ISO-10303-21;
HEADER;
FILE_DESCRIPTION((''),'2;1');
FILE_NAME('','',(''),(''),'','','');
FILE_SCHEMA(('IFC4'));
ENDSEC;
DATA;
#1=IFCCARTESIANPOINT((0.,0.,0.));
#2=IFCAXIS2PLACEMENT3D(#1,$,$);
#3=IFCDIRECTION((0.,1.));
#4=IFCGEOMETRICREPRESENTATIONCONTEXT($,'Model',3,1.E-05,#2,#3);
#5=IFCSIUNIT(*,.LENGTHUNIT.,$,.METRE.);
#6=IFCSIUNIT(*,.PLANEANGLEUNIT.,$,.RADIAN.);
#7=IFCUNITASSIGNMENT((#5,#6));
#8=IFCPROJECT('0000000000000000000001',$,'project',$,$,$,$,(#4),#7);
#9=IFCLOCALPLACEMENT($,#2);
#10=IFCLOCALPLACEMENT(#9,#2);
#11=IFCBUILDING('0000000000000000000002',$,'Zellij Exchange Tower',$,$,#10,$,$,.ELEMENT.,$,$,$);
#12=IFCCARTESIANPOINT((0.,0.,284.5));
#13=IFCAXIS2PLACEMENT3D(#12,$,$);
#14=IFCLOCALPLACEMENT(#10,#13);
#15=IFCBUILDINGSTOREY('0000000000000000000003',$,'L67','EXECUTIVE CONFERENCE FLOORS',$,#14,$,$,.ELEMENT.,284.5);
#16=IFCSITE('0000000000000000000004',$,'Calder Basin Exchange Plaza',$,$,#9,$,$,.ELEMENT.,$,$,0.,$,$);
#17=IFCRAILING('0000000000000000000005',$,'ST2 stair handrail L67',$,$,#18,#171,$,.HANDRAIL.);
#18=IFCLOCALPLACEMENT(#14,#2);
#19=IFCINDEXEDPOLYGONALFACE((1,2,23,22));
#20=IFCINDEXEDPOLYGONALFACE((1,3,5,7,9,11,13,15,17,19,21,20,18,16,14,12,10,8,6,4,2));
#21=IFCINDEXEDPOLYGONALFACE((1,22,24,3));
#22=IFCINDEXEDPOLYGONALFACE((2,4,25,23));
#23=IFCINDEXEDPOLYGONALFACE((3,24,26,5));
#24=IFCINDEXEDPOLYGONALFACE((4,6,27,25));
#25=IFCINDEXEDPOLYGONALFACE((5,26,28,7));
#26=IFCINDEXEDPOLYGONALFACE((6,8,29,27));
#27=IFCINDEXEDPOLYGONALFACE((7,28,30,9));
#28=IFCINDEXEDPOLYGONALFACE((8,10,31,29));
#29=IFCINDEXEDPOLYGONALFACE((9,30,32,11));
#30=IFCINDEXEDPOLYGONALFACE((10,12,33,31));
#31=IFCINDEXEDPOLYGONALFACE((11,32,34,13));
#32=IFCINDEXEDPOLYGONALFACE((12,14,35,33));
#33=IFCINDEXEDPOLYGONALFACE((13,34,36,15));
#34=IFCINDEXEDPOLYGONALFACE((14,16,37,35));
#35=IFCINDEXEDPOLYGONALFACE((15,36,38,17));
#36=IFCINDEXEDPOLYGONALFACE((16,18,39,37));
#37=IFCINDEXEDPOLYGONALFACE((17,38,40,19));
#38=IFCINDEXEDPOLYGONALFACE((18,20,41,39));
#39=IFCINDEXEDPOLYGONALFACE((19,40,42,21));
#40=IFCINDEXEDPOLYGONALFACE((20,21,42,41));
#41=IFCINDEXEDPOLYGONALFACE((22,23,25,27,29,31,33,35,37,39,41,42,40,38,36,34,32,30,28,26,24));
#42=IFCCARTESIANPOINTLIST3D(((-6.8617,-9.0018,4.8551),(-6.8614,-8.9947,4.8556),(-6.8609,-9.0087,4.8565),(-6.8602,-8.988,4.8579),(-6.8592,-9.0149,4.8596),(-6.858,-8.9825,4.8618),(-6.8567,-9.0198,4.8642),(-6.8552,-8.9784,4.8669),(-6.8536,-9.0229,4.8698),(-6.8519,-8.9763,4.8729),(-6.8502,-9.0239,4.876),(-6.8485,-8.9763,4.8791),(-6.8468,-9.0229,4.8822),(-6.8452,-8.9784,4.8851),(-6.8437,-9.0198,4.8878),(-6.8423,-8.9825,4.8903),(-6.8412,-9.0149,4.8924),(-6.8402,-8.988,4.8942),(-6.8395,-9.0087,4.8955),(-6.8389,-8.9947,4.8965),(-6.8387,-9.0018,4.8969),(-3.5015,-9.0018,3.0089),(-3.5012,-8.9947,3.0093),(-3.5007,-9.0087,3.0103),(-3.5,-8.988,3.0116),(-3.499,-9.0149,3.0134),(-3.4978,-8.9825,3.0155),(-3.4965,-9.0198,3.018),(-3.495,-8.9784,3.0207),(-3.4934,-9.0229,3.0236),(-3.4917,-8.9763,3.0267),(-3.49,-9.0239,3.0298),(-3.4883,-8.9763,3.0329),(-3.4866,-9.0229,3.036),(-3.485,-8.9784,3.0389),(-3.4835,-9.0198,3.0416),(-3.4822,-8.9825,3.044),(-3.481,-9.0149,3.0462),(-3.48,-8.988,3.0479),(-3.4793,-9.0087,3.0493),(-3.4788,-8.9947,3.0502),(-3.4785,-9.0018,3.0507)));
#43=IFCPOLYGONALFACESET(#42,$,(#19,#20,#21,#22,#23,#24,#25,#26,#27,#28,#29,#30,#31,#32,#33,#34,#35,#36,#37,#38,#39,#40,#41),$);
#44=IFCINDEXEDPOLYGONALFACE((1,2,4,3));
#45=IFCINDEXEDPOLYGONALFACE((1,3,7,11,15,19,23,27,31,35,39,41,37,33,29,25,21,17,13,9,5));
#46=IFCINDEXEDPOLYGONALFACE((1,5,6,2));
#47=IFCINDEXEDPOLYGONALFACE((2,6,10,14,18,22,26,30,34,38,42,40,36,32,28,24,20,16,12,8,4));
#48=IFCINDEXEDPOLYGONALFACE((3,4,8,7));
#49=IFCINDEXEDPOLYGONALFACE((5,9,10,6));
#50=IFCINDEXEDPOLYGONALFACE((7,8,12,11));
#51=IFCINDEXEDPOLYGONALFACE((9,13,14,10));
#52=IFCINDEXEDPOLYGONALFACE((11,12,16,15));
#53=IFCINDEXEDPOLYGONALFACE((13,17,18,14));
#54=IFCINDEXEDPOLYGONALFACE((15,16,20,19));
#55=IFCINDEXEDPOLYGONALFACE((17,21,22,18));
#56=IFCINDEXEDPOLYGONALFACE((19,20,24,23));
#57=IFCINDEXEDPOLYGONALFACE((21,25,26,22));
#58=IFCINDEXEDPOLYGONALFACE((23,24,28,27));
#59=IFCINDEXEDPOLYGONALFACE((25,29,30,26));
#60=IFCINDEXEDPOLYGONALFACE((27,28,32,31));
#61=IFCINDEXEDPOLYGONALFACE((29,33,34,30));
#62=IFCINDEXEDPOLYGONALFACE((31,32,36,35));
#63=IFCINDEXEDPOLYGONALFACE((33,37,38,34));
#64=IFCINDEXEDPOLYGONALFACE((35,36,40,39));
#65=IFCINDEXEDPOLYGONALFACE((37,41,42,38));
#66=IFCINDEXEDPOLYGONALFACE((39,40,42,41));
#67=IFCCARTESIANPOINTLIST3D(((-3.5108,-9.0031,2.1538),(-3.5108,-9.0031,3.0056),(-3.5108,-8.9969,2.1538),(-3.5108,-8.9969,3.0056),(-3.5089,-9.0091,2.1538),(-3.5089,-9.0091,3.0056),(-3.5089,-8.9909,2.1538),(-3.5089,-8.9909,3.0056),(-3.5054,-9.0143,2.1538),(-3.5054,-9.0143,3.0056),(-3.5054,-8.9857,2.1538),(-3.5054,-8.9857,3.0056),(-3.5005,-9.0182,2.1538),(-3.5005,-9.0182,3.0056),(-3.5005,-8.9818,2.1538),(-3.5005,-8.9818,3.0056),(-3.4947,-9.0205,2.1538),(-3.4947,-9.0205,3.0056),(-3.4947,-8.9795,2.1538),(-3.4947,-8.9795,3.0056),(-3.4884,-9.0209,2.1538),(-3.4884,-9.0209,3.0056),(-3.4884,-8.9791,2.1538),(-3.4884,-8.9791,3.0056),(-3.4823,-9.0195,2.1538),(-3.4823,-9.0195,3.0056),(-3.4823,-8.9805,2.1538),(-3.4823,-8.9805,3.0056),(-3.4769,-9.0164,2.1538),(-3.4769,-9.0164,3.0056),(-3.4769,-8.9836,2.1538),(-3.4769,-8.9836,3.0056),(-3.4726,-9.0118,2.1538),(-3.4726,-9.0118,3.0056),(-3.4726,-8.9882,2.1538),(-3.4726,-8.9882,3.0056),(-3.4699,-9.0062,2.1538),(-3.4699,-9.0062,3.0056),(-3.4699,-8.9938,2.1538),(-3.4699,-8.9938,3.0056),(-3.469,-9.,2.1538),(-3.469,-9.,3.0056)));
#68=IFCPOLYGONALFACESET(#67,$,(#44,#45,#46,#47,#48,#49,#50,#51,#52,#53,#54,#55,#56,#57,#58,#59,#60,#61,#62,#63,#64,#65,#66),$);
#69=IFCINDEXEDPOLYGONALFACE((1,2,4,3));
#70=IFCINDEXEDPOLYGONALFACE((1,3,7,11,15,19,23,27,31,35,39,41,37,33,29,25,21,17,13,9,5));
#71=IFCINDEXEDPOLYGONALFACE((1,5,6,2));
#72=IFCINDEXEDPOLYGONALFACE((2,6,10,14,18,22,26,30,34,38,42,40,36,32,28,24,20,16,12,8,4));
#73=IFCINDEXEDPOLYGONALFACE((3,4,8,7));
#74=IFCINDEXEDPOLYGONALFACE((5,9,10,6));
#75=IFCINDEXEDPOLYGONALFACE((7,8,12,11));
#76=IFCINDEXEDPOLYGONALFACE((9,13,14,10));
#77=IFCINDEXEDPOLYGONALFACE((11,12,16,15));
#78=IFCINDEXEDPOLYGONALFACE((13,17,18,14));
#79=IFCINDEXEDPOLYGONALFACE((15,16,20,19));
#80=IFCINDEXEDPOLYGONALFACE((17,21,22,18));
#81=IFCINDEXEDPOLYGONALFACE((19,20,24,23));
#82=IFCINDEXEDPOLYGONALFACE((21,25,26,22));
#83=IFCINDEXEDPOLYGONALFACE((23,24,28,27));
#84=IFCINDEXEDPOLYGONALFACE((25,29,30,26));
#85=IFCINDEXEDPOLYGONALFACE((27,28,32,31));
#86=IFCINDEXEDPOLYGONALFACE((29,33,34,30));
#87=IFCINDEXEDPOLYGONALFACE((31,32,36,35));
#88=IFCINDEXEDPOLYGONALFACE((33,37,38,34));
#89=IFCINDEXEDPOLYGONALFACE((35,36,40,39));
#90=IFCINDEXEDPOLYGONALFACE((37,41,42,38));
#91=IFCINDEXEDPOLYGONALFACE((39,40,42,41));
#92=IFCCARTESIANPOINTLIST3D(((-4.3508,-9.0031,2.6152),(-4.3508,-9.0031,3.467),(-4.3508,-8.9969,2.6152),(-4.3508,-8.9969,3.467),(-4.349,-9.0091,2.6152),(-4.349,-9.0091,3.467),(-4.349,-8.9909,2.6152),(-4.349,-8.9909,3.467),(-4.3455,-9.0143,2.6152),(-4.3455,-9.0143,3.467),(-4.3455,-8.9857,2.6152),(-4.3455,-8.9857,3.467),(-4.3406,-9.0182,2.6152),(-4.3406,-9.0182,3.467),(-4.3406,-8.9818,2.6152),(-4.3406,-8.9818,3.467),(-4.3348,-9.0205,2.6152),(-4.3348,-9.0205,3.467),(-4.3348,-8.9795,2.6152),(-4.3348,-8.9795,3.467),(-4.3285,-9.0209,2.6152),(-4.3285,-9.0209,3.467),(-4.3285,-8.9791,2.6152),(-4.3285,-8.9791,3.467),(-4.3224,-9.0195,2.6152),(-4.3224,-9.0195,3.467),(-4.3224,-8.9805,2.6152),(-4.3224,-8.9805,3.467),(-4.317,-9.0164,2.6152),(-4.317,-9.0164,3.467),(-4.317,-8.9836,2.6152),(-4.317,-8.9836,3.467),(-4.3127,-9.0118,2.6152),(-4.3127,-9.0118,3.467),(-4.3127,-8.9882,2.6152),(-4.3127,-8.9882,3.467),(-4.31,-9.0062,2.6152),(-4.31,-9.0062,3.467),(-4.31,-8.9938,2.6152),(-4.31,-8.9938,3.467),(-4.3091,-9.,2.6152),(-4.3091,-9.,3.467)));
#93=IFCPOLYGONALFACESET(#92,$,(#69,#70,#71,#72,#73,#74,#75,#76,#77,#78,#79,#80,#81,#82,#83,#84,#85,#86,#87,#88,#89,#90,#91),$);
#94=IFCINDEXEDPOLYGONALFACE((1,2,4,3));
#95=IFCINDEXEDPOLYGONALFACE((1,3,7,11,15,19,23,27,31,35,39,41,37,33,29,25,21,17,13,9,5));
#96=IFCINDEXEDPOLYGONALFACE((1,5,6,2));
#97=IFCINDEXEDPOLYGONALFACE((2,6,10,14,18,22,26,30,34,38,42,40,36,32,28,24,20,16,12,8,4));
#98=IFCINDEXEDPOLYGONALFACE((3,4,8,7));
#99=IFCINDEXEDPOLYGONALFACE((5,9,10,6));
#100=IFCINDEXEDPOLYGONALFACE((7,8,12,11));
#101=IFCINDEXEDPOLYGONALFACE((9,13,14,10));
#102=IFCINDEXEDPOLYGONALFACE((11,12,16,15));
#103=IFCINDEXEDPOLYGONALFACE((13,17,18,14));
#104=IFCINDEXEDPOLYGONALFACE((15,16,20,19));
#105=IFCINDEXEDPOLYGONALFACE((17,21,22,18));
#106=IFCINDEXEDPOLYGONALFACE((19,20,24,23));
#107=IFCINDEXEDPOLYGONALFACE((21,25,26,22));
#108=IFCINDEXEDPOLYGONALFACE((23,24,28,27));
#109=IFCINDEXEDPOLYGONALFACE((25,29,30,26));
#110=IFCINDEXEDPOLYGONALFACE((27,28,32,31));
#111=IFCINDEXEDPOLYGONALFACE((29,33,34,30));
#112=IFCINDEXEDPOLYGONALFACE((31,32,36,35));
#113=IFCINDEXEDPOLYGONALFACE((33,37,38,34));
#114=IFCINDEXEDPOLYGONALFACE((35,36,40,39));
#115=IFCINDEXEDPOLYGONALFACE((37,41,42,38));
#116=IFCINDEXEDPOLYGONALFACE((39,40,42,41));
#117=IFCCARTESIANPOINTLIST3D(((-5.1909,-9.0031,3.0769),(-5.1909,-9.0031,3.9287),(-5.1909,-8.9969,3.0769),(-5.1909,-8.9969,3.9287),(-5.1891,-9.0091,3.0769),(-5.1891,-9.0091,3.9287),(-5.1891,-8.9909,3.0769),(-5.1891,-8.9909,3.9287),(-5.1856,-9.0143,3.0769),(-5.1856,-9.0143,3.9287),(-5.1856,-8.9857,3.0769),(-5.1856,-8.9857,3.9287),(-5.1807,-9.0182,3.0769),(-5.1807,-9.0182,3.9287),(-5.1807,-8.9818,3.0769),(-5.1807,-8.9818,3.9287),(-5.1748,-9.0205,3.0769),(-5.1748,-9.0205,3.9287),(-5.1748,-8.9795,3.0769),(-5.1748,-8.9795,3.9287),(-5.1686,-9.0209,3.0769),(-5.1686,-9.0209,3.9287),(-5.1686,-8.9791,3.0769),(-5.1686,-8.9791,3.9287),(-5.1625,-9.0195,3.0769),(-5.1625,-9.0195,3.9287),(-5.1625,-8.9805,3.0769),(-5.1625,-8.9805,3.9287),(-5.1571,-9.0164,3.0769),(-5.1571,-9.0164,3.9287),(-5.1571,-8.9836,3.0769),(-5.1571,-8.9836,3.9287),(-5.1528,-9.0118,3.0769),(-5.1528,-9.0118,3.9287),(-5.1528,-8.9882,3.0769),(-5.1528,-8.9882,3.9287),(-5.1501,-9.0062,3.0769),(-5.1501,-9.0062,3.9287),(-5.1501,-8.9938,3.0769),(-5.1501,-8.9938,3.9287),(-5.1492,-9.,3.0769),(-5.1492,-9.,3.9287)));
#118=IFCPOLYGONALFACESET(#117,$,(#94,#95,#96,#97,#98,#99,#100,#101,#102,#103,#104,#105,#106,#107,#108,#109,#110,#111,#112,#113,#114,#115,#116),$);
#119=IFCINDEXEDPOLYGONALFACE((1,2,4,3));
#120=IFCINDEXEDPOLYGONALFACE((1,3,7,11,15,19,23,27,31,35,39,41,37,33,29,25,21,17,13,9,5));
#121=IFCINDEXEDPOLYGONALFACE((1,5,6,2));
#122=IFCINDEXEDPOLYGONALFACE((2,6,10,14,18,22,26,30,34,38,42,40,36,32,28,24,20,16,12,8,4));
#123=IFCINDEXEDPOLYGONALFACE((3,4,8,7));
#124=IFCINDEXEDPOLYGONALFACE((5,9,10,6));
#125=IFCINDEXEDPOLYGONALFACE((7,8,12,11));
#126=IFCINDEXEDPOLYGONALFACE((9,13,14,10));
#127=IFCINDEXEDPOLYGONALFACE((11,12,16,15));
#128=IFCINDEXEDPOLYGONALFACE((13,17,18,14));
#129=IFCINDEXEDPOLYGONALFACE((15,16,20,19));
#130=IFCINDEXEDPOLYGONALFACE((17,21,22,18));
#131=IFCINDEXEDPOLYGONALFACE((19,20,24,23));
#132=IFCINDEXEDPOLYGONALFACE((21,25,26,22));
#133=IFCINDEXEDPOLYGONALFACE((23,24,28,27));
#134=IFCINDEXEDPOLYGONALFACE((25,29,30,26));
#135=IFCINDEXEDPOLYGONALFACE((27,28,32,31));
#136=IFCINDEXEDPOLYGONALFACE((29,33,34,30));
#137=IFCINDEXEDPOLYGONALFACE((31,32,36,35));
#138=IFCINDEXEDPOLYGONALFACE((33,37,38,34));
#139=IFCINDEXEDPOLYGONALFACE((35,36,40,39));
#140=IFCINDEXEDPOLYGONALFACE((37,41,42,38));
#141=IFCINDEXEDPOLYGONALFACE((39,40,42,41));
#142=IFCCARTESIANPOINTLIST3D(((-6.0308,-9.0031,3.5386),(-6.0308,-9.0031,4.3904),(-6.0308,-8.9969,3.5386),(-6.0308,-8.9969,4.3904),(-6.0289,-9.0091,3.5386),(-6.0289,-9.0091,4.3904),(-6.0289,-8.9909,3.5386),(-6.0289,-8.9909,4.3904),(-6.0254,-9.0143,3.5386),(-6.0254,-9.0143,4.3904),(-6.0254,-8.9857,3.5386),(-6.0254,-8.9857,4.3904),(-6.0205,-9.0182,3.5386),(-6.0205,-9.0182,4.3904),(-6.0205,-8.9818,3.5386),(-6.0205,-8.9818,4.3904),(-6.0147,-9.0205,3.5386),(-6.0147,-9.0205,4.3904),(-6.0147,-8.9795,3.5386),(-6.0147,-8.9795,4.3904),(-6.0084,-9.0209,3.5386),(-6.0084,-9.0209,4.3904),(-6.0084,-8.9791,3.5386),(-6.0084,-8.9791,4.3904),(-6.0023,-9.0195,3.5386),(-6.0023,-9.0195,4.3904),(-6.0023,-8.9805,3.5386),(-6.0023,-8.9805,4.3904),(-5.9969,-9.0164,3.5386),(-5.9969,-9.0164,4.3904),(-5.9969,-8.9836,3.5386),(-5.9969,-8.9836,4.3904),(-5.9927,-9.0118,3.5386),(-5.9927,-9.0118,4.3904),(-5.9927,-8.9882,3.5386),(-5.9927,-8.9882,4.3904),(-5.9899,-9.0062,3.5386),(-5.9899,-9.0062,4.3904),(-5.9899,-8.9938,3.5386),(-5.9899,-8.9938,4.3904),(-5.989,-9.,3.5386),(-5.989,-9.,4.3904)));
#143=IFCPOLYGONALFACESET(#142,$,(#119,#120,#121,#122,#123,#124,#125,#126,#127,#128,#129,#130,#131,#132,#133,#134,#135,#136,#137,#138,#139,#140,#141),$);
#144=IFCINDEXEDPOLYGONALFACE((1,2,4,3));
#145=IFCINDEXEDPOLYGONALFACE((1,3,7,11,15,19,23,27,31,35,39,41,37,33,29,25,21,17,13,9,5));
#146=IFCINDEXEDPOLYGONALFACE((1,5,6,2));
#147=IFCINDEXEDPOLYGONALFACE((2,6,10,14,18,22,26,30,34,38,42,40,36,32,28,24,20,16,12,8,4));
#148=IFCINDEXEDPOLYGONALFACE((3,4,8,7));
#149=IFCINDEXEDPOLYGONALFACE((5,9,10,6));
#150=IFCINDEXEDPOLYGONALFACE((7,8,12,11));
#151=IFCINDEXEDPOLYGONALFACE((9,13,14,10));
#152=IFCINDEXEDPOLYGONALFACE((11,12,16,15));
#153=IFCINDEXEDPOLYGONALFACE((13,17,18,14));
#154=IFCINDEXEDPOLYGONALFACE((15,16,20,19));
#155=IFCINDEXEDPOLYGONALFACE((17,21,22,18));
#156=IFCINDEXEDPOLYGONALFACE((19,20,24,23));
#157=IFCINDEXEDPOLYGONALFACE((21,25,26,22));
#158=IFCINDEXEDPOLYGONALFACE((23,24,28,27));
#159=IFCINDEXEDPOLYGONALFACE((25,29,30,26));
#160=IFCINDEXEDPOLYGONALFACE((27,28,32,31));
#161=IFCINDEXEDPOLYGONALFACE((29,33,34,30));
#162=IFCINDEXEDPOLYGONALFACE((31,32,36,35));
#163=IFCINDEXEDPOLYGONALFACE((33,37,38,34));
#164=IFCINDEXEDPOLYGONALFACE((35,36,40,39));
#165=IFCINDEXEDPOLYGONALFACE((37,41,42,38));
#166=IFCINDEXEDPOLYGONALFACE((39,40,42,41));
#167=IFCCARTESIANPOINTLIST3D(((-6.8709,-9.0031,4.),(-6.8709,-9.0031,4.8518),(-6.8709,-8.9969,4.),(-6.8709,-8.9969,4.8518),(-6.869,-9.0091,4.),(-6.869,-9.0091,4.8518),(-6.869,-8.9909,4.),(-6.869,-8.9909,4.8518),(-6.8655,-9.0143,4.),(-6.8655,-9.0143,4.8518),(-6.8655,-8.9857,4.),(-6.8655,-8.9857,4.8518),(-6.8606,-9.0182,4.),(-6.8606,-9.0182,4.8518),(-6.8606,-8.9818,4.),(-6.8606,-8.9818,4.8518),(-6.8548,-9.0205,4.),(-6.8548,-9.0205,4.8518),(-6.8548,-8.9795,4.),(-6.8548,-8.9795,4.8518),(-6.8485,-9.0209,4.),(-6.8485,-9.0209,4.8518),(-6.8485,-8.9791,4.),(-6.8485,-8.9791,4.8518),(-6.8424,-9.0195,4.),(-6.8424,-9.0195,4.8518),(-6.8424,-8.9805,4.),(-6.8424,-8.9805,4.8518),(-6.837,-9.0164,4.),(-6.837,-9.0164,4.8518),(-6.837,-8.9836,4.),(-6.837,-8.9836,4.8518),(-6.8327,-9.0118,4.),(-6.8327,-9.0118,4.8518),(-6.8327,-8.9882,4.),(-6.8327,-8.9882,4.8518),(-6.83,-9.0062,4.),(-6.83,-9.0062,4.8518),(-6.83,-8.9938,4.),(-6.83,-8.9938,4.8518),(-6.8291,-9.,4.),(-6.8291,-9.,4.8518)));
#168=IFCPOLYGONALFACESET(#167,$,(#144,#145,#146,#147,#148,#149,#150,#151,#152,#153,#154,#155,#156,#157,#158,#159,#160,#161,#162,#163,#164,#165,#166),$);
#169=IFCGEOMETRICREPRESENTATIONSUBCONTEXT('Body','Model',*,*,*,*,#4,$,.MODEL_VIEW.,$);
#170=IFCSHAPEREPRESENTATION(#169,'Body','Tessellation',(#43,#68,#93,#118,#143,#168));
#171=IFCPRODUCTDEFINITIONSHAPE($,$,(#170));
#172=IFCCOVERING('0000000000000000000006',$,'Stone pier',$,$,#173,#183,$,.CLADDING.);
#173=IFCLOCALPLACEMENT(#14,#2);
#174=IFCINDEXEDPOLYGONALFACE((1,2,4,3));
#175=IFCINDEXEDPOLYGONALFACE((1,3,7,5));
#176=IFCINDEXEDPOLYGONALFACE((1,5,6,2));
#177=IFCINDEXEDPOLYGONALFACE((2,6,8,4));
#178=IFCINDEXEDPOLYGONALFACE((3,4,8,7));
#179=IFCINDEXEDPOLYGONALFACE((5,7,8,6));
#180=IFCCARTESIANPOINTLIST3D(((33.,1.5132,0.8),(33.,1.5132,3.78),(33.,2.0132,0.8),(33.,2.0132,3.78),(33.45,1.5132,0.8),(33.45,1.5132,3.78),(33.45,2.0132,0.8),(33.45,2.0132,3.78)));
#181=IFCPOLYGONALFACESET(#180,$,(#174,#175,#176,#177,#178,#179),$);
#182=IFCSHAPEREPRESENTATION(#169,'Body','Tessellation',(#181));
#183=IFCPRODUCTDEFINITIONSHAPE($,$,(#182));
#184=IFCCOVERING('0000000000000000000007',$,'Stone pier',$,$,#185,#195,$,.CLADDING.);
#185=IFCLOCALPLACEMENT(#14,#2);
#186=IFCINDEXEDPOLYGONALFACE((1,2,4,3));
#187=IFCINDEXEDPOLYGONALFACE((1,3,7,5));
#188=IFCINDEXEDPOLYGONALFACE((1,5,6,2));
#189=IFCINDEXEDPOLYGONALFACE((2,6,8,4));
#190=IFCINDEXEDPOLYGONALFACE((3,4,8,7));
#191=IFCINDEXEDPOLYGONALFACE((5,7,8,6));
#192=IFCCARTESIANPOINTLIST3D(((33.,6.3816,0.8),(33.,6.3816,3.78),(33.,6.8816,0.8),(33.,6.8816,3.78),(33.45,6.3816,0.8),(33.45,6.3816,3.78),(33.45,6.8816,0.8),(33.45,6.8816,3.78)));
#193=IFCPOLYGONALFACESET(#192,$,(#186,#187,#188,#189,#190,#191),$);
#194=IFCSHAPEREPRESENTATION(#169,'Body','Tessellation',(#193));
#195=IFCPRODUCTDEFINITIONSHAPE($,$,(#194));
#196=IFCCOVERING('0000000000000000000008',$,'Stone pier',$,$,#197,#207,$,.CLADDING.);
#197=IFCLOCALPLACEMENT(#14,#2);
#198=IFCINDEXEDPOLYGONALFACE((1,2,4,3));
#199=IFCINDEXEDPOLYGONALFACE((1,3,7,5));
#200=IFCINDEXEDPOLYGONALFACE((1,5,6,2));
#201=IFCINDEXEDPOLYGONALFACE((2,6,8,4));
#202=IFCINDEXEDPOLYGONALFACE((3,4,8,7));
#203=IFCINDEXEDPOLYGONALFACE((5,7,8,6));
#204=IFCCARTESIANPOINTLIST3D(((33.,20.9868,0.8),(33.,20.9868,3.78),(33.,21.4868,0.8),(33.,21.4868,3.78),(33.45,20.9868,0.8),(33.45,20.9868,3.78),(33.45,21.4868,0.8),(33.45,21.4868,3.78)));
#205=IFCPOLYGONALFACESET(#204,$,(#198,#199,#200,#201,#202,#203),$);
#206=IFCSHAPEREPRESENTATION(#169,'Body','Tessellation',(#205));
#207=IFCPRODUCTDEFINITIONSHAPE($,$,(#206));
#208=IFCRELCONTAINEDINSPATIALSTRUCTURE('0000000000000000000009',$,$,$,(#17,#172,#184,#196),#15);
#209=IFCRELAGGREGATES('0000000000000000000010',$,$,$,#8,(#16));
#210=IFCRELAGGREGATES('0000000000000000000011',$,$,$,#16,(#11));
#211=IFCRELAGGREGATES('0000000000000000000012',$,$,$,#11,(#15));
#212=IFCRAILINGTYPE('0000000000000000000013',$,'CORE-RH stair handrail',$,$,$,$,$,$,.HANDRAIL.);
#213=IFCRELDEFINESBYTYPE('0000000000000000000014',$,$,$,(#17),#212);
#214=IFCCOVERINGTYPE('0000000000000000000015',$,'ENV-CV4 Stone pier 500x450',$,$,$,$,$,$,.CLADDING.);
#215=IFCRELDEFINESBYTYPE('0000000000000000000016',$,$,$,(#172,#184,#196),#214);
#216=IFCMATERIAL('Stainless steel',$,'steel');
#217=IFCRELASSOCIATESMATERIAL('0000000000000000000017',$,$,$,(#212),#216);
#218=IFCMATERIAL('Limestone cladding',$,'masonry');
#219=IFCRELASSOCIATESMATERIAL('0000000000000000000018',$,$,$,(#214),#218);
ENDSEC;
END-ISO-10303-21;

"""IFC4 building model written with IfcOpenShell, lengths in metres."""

from ifc_helpers import new_model, si_unit, direction, frame, origin, origin_2d, place, context, subcontext, project, spatial, polyline, circle, outline, extrude, material, type_object, element, save


model = new_model("IFC4")

# Units and contexts
model_context = context("Model", 3, precision=1e-05, world=origin(), true_north=direction((0.0, 1.0)))
body_context = subcontext(model_context, "Body", "Model", "MODEL_VIEW")
ifc_project = project(units=[si_unit("LENGTHUNIT", "METRE"), si_unit("PLANEANGLEUNIT", "RADIAN")], contexts=[model_context])

# Site, building, storey
site_placement = place(None, origin())
site = spatial("IfcSite", under=ifc_project, at=site_placement, Name="Calder Basin Exchange Plaza", CompositionType="ELEMENT", RefElevation=0.0)
building_placement = place(site_placement, origin())
building = spatial("IfcBuilding", under=site, at=building_placement, Name="Zellij Exchange Tower", CompositionType="ELEMENT")
storey_placement = place(building_placement, frame((0.0, 0.0, 284.5)))
storey = spatial("IfcBuildingStorey", under=building, at=storey_placement, Name="L67", Description="EXECUTIVE CONFERENCE FLOORS", CompositionType="ELEMENT", Elevation=284.5)

# Railing
ifc_material_1 = material(Name="Stainless steel", Category="steel")
railing_type_1 = type_object("IfcRailingType", Name="CORE-RH stair handrail", PredefinedType="HANDRAIL", material=ifc_material_1)
railing_1_placement = place(storey_placement, frame((-3.49, -9.0, 2.1538)))
element("IfcRailing", 1, at=railing_1_placement, inside=storey, type_object=railing_type_1, Name="ST2 stair handrail L67", PredefinedType="HANDRAIL", context=body_context, shape_type="SweptSolid", body=[
    extrude(circle(Radius=0.0239, at=origin_2d()), frame((0.0, 0.0, 0.876), z_axis=(-0.876422, 0.0, 0.481545), x_axis=(0.0, -1.0, 0.0)), (0.0, 0.0, 1.0), 3.834),
    extrude(circle(Radius=0.021, at=origin_2d()), origin(), (0.0, 0.0, 1.0), 0.8518),
    extrude(circle(Radius=0.021, at=origin_2d()), frame((-0.8401, 0.0, 0.4614)), (0.0, 0.0, 1.0), 0.8518),
    extrude(circle(Radius=0.021, at=origin_2d()), frame((-1.6802, 0.0, 0.9231)), (0.0, 0.0, 1.0), 0.8518),
    extrude(circle(Radius=0.021, at=origin_2d()), frame((-2.52, 0.0, 1.3848)), (0.0, 0.0, 1.0), 0.8518),
    extrude(circle(Radius=0.021, at=origin_2d()), frame((-3.3601, 0.0, 1.8462)), (0.0, 0.0, 1.0), 0.8518),
])

# Coverings
ifc_material_2 = material(Name="Limestone cladding", Category="masonry")
covering_type = type_object("IfcCoveringType", Name="ENV-CV4 Stone pier 500x450", PredefinedType="CLADDING", material=ifc_material_2)
covering_1_placement = place(storey_placement, frame((0.0, 0.0, 0.8)))
element("IfcCovering", 2, at=covering_1_placement, inside=storey, type_object=covering_type, Name="Stone pier", PredefinedType="CLADDING", context=body_context, shape_type="SweptSolid", body=[
    extrude(outline(polyline([(33.0, 1.5132), (33.0, 2.0132), (33.45, 2.0132), (33.45, 1.5132), (33.0, 1.5132)])), origin(), (0.0, 0.0, 1.0), 2.98),
])
covering_2_placement = place(storey_placement, frame((0.0, 0.0, 0.8)))
element("IfcCovering", 3, at=covering_2_placement, inside=storey, type_object=covering_type, Name="Stone pier", PredefinedType="CLADDING", context=body_context, shape_type="SweptSolid", body=[
    extrude(outline(polyline([(33.0, 6.3816), (33.0, 6.8816), (33.45, 6.8816), (33.45, 6.3816), (33.0, 6.3816)])), origin(), (0.0, 0.0, 1.0), 2.98),
])
covering_3_placement = place(storey_placement, frame((0.0, 0.0, 0.8)))
element("IfcCovering", 4, at=covering_3_placement, inside=storey, type_object=covering_type, Name="Stone pier", PredefinedType="CLADDING", context=body_context, shape_type="SweptSolid", body=[
    extrude(outline(polyline([(33.0, 20.9868), (33.0, 21.4868), (33.45, 21.4868), (33.45, 20.9868), (33.0, 20.9868)])), origin(), (0.0, 0.0, 1.0), 2.98),
])

save(model, "model.ifc")
